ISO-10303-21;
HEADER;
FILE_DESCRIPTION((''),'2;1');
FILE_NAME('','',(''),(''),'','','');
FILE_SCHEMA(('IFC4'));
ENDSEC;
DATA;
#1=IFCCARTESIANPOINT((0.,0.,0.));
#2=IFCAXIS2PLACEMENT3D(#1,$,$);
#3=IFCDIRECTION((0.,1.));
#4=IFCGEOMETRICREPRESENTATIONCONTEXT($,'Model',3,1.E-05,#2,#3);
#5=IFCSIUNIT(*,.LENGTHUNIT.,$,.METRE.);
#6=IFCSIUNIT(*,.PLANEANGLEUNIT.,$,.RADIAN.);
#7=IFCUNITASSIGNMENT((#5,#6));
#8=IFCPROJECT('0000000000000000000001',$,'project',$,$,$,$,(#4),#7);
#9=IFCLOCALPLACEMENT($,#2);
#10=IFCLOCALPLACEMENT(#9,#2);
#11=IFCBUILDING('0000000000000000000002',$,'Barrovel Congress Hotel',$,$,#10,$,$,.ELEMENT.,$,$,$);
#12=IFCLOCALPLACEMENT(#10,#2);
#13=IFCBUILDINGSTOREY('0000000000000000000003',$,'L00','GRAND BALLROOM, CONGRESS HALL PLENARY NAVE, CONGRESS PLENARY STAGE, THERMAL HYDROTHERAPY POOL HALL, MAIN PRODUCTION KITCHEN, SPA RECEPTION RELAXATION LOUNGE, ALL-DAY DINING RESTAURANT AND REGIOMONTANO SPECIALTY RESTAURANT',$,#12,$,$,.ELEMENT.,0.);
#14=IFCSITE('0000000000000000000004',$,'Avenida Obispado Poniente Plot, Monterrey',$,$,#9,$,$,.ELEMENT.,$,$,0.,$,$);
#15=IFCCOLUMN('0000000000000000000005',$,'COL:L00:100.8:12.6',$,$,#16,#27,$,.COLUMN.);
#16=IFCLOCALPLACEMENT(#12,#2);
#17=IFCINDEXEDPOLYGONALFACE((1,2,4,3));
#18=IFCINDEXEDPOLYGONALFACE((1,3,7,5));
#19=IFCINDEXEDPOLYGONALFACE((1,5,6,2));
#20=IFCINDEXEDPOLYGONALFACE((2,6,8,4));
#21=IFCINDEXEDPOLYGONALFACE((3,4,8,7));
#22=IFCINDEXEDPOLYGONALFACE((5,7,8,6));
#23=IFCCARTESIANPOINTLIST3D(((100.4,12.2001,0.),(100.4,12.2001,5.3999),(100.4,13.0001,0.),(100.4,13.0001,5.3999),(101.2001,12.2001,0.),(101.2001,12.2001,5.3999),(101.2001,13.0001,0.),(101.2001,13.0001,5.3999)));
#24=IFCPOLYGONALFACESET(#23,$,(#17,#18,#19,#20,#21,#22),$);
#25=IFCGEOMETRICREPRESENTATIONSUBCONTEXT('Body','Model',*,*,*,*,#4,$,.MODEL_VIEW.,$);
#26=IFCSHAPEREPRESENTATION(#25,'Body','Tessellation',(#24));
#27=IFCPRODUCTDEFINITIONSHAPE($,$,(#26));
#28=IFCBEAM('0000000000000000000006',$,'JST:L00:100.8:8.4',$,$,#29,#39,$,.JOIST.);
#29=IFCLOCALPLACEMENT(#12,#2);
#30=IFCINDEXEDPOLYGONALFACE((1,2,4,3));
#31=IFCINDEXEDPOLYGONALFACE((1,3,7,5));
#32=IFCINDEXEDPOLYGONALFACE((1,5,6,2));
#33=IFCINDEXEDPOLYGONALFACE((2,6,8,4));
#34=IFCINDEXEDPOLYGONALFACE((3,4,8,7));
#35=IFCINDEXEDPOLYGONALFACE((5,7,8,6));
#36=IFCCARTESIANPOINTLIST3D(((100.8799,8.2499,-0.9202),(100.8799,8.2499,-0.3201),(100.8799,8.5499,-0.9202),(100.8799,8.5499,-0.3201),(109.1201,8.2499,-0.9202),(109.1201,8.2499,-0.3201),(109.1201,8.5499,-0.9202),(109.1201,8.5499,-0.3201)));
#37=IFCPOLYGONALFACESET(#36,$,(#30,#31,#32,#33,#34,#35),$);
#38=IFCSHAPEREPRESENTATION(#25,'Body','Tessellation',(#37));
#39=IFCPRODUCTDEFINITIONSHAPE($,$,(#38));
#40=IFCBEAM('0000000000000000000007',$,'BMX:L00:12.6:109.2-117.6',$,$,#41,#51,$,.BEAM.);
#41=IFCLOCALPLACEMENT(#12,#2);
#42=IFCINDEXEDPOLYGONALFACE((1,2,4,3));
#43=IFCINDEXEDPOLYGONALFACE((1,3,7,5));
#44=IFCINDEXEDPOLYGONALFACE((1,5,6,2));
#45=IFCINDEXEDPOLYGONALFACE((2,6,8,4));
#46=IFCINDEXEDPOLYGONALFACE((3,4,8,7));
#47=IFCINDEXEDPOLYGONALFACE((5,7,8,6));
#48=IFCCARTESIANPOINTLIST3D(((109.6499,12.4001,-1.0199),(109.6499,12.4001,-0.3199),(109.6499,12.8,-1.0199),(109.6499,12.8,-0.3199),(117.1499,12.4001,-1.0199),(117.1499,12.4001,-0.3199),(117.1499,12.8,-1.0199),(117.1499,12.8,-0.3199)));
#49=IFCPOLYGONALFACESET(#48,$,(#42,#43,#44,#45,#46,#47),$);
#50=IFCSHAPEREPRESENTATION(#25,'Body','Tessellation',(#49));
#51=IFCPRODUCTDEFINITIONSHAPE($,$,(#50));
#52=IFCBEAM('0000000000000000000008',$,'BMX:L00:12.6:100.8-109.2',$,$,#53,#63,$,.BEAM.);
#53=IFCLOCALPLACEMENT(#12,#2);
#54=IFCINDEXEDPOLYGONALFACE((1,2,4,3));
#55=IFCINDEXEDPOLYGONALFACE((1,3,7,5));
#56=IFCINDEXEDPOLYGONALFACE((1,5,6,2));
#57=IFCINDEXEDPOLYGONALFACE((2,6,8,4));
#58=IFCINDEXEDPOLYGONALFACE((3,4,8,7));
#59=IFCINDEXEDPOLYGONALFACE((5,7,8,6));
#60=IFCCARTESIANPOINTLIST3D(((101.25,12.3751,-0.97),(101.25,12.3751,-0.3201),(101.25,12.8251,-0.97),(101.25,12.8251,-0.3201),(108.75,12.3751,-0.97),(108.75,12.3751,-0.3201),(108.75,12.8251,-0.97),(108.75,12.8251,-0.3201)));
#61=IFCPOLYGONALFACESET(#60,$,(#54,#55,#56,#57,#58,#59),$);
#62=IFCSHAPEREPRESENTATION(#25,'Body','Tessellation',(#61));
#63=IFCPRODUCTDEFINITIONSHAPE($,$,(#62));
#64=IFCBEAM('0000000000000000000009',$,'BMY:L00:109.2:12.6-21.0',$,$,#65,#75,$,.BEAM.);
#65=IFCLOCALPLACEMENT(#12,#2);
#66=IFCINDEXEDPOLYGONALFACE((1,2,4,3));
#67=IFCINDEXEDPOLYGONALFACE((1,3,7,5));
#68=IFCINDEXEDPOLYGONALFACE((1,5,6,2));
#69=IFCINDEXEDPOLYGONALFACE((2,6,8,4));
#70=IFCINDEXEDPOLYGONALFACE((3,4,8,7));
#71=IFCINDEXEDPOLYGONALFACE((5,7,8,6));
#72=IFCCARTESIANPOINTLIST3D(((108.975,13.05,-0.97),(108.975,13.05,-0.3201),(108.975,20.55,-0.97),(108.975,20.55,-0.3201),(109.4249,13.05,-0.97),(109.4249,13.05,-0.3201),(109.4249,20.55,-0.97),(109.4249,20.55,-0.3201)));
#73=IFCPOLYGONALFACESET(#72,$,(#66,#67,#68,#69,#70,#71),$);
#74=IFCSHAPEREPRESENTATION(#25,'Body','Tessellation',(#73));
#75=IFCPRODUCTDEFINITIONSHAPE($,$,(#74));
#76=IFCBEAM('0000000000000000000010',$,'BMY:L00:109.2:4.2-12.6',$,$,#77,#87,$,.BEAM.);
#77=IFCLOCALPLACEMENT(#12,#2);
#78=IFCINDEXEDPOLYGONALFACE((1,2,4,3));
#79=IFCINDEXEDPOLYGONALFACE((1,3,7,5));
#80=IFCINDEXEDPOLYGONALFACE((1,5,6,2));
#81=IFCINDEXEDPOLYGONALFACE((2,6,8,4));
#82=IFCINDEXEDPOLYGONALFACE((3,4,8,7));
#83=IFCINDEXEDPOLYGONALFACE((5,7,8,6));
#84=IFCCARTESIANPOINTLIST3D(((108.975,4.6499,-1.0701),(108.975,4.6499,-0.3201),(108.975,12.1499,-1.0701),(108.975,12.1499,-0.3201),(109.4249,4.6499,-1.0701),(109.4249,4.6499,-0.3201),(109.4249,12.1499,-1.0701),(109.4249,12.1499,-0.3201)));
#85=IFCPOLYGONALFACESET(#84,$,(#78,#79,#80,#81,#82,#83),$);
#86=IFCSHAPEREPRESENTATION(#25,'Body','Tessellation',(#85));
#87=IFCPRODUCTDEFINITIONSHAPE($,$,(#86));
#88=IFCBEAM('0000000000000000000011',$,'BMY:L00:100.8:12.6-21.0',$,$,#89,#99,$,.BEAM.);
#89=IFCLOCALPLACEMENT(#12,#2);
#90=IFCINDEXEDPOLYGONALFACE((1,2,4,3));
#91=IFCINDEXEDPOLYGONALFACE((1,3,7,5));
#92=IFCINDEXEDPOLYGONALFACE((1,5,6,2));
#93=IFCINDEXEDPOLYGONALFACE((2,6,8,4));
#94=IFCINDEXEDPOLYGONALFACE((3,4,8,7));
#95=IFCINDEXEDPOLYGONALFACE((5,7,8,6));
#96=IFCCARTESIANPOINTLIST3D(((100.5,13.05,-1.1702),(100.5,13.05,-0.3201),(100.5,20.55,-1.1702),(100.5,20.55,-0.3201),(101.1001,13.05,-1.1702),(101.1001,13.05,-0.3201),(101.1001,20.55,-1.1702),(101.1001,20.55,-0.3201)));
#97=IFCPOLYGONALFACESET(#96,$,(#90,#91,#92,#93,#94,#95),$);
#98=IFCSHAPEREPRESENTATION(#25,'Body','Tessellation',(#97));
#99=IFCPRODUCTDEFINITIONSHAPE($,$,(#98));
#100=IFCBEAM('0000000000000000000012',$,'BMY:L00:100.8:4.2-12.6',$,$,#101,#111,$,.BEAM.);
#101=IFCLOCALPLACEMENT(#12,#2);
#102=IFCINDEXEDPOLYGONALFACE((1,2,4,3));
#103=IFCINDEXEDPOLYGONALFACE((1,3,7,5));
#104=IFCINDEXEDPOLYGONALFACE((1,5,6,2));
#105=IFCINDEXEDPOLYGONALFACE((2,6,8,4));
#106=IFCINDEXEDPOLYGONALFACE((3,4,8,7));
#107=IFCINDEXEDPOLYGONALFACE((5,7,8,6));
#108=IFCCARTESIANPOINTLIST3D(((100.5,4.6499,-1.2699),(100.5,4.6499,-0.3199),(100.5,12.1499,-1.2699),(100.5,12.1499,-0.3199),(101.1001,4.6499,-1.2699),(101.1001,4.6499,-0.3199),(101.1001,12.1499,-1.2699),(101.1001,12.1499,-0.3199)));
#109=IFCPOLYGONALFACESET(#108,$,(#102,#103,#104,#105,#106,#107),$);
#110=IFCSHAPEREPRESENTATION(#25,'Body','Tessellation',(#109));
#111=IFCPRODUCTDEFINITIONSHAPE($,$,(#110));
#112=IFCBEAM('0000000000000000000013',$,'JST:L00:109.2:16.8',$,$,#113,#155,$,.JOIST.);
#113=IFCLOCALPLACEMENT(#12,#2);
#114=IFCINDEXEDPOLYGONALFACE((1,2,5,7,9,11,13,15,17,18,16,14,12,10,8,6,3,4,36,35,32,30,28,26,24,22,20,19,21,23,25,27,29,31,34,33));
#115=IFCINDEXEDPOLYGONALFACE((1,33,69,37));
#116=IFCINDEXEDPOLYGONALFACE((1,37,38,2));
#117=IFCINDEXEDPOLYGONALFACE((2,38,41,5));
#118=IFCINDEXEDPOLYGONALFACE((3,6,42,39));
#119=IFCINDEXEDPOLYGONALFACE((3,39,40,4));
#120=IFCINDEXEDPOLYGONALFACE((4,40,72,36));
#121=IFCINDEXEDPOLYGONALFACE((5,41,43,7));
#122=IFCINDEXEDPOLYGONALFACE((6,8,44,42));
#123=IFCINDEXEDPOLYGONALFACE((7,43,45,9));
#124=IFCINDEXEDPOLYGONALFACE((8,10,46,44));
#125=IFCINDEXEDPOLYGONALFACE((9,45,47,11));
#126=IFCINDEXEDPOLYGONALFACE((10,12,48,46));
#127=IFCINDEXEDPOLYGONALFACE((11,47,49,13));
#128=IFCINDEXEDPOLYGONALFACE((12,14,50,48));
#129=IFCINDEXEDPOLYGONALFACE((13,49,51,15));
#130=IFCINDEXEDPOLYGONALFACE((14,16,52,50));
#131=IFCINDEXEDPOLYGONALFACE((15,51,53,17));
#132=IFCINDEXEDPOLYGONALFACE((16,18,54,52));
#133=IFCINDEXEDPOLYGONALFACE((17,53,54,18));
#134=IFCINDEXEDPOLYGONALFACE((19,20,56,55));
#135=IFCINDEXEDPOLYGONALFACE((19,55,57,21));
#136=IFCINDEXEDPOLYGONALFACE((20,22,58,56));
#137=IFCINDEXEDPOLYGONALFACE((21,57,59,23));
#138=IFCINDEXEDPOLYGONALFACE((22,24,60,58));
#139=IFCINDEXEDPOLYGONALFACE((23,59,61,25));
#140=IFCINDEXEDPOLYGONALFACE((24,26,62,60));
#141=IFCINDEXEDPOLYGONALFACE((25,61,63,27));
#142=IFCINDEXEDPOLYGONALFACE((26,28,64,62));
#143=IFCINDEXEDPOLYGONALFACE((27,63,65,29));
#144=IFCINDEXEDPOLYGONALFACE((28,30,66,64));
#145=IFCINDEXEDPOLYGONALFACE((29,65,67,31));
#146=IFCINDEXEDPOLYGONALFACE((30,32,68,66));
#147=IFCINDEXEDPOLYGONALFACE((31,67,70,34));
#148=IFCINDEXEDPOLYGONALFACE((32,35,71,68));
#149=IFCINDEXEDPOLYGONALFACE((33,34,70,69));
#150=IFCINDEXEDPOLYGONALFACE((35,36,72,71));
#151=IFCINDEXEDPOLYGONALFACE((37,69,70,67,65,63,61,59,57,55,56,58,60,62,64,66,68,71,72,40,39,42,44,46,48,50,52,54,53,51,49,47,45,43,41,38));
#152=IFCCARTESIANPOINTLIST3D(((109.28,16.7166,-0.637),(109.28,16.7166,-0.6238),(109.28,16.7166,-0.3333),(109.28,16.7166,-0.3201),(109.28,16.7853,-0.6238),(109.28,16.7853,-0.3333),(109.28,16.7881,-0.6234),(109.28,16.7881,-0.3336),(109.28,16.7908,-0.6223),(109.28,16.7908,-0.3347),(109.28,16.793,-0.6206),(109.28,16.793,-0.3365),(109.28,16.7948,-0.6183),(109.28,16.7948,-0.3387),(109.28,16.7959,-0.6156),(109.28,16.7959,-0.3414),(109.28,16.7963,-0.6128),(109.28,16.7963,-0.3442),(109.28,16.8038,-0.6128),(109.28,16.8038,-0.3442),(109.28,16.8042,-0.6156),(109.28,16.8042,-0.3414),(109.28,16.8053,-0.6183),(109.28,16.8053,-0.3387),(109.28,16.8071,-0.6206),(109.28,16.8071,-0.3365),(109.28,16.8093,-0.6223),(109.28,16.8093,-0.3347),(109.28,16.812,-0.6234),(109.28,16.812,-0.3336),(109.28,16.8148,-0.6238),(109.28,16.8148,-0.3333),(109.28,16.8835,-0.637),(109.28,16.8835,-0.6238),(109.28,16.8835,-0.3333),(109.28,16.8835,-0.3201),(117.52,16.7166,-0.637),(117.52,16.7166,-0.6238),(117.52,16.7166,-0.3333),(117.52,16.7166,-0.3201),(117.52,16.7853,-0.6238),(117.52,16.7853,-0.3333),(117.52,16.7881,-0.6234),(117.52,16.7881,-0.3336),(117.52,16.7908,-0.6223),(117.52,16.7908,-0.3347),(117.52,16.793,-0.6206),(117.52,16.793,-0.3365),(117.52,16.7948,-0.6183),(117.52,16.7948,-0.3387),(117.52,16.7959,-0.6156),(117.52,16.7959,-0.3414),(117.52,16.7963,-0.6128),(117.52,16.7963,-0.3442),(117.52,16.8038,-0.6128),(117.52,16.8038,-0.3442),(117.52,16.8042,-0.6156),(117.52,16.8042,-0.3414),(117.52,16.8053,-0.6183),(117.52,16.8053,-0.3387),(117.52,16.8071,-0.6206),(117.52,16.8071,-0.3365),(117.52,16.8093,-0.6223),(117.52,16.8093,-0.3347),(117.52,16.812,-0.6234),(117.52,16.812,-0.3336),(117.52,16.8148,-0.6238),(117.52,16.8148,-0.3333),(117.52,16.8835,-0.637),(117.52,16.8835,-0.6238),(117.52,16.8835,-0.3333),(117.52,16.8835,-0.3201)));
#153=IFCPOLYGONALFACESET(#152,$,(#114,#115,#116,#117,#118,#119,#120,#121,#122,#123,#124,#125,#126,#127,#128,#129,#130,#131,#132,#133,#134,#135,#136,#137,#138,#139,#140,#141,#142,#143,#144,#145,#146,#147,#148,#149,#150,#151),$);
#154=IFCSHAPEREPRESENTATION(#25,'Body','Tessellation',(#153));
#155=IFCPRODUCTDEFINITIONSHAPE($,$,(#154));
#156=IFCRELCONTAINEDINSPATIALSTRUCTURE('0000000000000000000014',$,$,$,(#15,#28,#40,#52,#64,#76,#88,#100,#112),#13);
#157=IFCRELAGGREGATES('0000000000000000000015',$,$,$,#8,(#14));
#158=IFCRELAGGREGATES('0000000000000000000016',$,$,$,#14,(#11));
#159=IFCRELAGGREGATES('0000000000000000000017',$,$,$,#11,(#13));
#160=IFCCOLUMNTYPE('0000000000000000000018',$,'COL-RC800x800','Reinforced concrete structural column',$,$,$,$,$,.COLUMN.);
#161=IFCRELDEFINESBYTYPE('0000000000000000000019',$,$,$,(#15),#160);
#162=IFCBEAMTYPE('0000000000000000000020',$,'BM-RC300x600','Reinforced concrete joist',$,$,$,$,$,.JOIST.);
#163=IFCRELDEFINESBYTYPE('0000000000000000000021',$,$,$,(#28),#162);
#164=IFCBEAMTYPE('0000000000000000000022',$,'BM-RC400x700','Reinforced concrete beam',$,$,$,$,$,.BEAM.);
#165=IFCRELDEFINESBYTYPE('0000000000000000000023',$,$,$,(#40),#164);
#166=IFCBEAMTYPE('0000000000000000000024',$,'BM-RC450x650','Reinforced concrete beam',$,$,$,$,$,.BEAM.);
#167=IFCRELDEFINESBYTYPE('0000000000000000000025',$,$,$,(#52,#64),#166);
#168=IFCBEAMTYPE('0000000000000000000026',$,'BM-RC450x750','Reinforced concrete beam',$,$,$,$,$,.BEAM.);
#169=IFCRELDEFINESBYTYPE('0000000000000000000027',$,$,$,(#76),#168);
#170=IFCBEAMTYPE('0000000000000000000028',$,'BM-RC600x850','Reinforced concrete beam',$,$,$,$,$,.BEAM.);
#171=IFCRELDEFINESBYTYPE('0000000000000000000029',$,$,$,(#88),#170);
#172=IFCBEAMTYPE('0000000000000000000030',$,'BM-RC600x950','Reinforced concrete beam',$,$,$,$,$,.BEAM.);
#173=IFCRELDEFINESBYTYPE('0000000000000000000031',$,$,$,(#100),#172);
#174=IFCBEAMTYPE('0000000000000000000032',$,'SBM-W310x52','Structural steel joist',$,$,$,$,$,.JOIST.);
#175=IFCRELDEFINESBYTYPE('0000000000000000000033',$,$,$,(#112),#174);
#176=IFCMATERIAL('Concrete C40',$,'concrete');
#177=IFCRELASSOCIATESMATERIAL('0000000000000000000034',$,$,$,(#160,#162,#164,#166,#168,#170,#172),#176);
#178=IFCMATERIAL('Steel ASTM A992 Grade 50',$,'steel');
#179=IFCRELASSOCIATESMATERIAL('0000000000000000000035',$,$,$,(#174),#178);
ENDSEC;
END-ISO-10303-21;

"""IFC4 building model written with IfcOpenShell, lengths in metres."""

from ifc_helpers import new_model, si_unit, direction, frame, origin, origin_2d, place, context, subcontext, project, spatial, rectangle, i_section, extrude, material, material_profile, profile_set, type_object, element, save


model = new_model("IFC4")

# Units and contexts
model_context = context("Model", 3, precision=1e-05, world=origin(), true_north=direction((0.0, 1.0)))
body_context = subcontext(model_context, "Body", "Model", "MODEL_VIEW")
ifc_project = project(units=[si_unit("LENGTHUNIT", "METRE"), si_unit("PLANEANGLEUNIT", "RADIAN")], contexts=[model_context])

# Site, building, storey
site_placement = place(None, origin())
site = spatial("IfcSite", under=ifc_project, at=site_placement, Name="Avenida Obispado Poniente Plot, Monterrey", CompositionType="ELEMENT", RefElevation=0.0)
building_placement = place(site_placement, origin())
building = spatial("IfcBuilding", under=site, at=building_placement, Name="Barrovel Congress Hotel", CompositionType="ELEMENT")
storey_placement = place(building_placement, origin())
storey = spatial("IfcBuildingStorey", under=building, at=storey_placement, Name="L00", Description="GRAND BALLROOM, CONGRESS HALL PLENARY NAVE, CONGRESS PLENARY STAGE, THERMAL HYDROTHERAPY POOL HALL, MAIN PRODUCTION KITCHEN, SPA RECEPTION RELAXATION LOUNGE, ALL-DAY DINING RESTAURANT AND REGIOMONTANO SPECIALTY RESTAURANT", CompositionType="ELEMENT", Elevation=0.0)

# Column
ifc_material_1 = material(Name="Concrete C40", Category="concrete")
ifc_material_profile_1 = material_profile(ifc_material_1, rectangle(XDim=0.8, YDim=0.8, at=origin_2d()), Name="RC800x800")
ifc_profile_set_1 = profile_set([ifc_material_profile_1], Name="Concrete C40")
column_type = type_object("IfcColumnType", Name="COL-RC800x800", Description="Reinforced concrete structural column", PredefinedType="COLUMN", material=ifc_profile_set_1)
column_placement = place(storey_placement, frame((100.8, 12.6001, 0.0), z_axis=(0.0, 0.0, 1.0), x_axis=(1.0, 0.0, 0.0)))
element("IfcColumn", 1, at=column_placement, inside=storey, type_object=column_type, Name="COL:L00:100.8:12.6", PredefinedType="COLUMN", context=body_context, shape_type="SweptSolid", body=[
    extrude(rectangle(XDim=0.8, YDim=0.8, at=origin_2d()), origin(), (0.0, 0.0, 1.0), 5.3999),
])

# Beams
ifc_material_profile_2 = material_profile(ifc_material_1, rectangle(XDim=0.3, YDim=0.6001, at=origin_2d()), Name="RC300x600")
ifc_profile_set_2 = profile_set([ifc_material_profile_2], Name="Concrete C40")
beam_type_1 = type_object("IfcBeamType", Name="BM-RC300x600", Description="Reinforced concrete joist", PredefinedType="JOIST", material=ifc_profile_set_2)
beam_1_placement = place(storey_placement, frame((100.8799, 8.3999, -0.6201), z_axis=(1.0, 0.0, 0.0), x_axis=(0.0, 1.0, 0.0)))
element("IfcBeam", 2, at=beam_1_placement, inside=storey, type_object=beam_type_1, Name="JST:L00:100.8:8.4", PredefinedType="JOIST", context=body_context, shape_type="SweptSolid", body=[
    extrude(rectangle(XDim=0.3, YDim=0.6001, at=origin_2d()), origin(), (0.0, 0.0, 1.0), 8.2402),
])
ifc_material_profile_3 = material_profile(ifc_material_1, rectangle(XDim=0.3999, YDim=0.7, at=origin_2d()), Name="RC400x700")
ifc_profile_set_3 = profile_set([ifc_material_profile_3], Name="Concrete C40")
beam_type_2 = type_object("IfcBeamType", Name="BM-RC400x700", Description="Reinforced concrete beam", PredefinedType="BEAM", material=ifc_profile_set_3)
beam_2_placement = place(storey_placement, frame((109.6499, 12.6001, -0.6699), z_axis=(1.0, 0.0, 0.0), x_axis=(0.0, 1.0, 0.0)))
element("IfcBeam", 3, at=beam_2_placement, inside=storey, type_object=beam_type_2, Name="BMX:L00:12.6:109.2-117.6", PredefinedType="BEAM", context=body_context, shape_type="SweptSolid", body=[
    extrude(rectangle(XDim=0.3999, YDim=0.7, at=origin_2d()), origin(), (0.0, 0.0, 1.0), 7.5),
])
ifc_material_profile_4 = material_profile(ifc_material_1, rectangle(XDim=0.45, YDim=0.6499, at=origin_2d()), Name="RC450x650")
ifc_profile_set_4 = profile_set([ifc_material_profile_4], Name="Concrete C40")
beam_type_3 = type_object("IfcBeamType", Name="BM-RC450x650", Description="Reinforced concrete beam", PredefinedType="BEAM", material=ifc_profile_set_4)
for number, where, z_axis, x_axis, name in (
    (4, (101.25, 12.6001, -0.645), (1.0, 0.0, 0.0), (0.0, 1.0, 0.0), "BMX:L00:12.6:100.8-109.2"),
    (5, (109.2, 13.05, -0.645), (0.0, 1.0, 0.0), (-1.0, 0.0, 0.0), "BMY:L00:109.2:12.6-21.0"),
):
    element("IfcBeam", number, at=place(storey_placement, frame(where, z_axis=z_axis, x_axis=x_axis)), inside=storey, type_object=beam_type_3, Name=name, PredefinedType="BEAM", context=body_context, shape_type="SweptSolid", body=[
        extrude(rectangle(XDim=0.45, YDim=0.6499, at=origin_2d()), origin(), (0.0, 0.0, 1.0), 7.5),
    ])
ifc_material_profile_5 = material_profile(ifc_material_1, rectangle(XDim=0.45, YDim=0.75, at=origin_2d()), Name="RC450x750")
ifc_profile_set_5 = profile_set([ifc_material_profile_5], Name="Concrete C40")
beam_type_4 = type_object("IfcBeamType", Name="BM-RC450x750", Description="Reinforced concrete beam", PredefinedType="BEAM", material=ifc_profile_set_5)
beam_3_placement = place(storey_placement, frame((109.2, 4.6499, -0.6951), z_axis=(0.0, 1.0, 0.0), x_axis=(-1.0, 0.0, 0.0)))
element("IfcBeam", 6, at=beam_3_placement, inside=storey, type_object=beam_type_4, Name="BMY:L00:109.2:4.2-12.6", PredefinedType="BEAM", context=body_context, shape_type="SweptSolid", body=[
    extrude(rectangle(XDim=0.45, YDim=0.75, at=origin_2d()), origin(), (0.0, 0.0, 1.0), 7.5),
])
ifc_material_profile_6 = material_profile(ifc_material_1, rectangle(XDim=0.6001, YDim=0.8501, at=origin_2d()), Name="RC600x850")
ifc_profile_set_6 = profile_set([ifc_material_profile_6], Name="Concrete C40")
beam_type_5 = type_object("IfcBeamType", Name="BM-RC600x850", Description="Reinforced concrete beam", PredefinedType="BEAM", material=ifc_profile_set_6)
beam_4_placement = place(storey_placement, frame((100.8, 13.05, -0.7451), z_axis=(0.0, 1.0, 0.0), x_axis=(-1.0, 0.0, 0.0)))
element("IfcBeam", 7, at=beam_4_placement, inside=storey, type_object=beam_type_5, Name="BMY:L00:100.8:12.6-21.0", PredefinedType="BEAM", context=body_context, shape_type="SweptSolid", body=[
    extrude(rectangle(XDim=0.6001, YDim=0.8501, at=origin_2d()), origin(), (0.0, 0.0, 1.0), 7.5),
])
ifc_material_profile_7 = material_profile(ifc_material_1, rectangle(XDim=0.6001, YDim=0.95, at=origin_2d()), Name="RC600x950")
ifc_profile_set_7 = profile_set([ifc_material_profile_7], Name="Concrete C40")
beam_type_6 = type_object("IfcBeamType", Name="BM-RC600x950", Description="Reinforced concrete beam", PredefinedType="BEAM", material=ifc_profile_set_7)
beam_5_placement = place(storey_placement, frame((100.8, 4.6499, -0.7949), z_axis=(0.0, 1.0, 0.0), x_axis=(-1.0, 0.0, 0.0)))
element("IfcBeam", 8, at=beam_5_placement, inside=storey, type_object=beam_type_6, Name="BMY:L00:100.8:4.2-12.6", PredefinedType="BEAM", context=body_context, shape_type="SweptSolid", body=[
    extrude(rectangle(XDim=0.6001, YDim=0.95, at=origin_2d()), origin(), (0.0, 0.0, 1.0), 7.5),
])
ifc_material_2 = material(Name="Steel ASTM A992 Grade 50", Category="steel")
ifc_material_profile_8 = material_profile(ifc_material_2, i_section(OverallWidth=0.167, OverallDepth=0.3169, WebThickness=0.0076, FlangeThickness=0.0132, FilletRadius=0.011, at=origin_2d()), Name="W310x52")
ifc_profile_set_8 = profile_set([ifc_material_profile_8], Name="Steel ASTM A992 Grade 50")
beam_type_7 = type_object("IfcBeamType", Name="SBM-W310x52", Description="Structural steel joist", PredefinedType="JOIST", material=ifc_profile_set_8)
beam_6_placement = place(storey_placement, frame((109.28, 16.8, -0.4785), z_axis=(1.0, 0.0, 0.0), x_axis=(0.0, 1.0, 0.0)))
element("IfcBeam", 9, at=beam_6_placement, inside=storey, type_object=beam_type_7, Name="JST:L00:109.2:16.8", PredefinedType="JOIST", context=body_context, shape_type="SweptSolid", body=[
    extrude(i_section(OverallWidth=0.167, OverallDepth=0.3169, WebThickness=0.0076, FlangeThickness=0.0132, FilletRadius=0.011, at=origin_2d()), origin(), (0.0, 0.0, 1.0), 8.24),
])

save(model, "model.ifc")
